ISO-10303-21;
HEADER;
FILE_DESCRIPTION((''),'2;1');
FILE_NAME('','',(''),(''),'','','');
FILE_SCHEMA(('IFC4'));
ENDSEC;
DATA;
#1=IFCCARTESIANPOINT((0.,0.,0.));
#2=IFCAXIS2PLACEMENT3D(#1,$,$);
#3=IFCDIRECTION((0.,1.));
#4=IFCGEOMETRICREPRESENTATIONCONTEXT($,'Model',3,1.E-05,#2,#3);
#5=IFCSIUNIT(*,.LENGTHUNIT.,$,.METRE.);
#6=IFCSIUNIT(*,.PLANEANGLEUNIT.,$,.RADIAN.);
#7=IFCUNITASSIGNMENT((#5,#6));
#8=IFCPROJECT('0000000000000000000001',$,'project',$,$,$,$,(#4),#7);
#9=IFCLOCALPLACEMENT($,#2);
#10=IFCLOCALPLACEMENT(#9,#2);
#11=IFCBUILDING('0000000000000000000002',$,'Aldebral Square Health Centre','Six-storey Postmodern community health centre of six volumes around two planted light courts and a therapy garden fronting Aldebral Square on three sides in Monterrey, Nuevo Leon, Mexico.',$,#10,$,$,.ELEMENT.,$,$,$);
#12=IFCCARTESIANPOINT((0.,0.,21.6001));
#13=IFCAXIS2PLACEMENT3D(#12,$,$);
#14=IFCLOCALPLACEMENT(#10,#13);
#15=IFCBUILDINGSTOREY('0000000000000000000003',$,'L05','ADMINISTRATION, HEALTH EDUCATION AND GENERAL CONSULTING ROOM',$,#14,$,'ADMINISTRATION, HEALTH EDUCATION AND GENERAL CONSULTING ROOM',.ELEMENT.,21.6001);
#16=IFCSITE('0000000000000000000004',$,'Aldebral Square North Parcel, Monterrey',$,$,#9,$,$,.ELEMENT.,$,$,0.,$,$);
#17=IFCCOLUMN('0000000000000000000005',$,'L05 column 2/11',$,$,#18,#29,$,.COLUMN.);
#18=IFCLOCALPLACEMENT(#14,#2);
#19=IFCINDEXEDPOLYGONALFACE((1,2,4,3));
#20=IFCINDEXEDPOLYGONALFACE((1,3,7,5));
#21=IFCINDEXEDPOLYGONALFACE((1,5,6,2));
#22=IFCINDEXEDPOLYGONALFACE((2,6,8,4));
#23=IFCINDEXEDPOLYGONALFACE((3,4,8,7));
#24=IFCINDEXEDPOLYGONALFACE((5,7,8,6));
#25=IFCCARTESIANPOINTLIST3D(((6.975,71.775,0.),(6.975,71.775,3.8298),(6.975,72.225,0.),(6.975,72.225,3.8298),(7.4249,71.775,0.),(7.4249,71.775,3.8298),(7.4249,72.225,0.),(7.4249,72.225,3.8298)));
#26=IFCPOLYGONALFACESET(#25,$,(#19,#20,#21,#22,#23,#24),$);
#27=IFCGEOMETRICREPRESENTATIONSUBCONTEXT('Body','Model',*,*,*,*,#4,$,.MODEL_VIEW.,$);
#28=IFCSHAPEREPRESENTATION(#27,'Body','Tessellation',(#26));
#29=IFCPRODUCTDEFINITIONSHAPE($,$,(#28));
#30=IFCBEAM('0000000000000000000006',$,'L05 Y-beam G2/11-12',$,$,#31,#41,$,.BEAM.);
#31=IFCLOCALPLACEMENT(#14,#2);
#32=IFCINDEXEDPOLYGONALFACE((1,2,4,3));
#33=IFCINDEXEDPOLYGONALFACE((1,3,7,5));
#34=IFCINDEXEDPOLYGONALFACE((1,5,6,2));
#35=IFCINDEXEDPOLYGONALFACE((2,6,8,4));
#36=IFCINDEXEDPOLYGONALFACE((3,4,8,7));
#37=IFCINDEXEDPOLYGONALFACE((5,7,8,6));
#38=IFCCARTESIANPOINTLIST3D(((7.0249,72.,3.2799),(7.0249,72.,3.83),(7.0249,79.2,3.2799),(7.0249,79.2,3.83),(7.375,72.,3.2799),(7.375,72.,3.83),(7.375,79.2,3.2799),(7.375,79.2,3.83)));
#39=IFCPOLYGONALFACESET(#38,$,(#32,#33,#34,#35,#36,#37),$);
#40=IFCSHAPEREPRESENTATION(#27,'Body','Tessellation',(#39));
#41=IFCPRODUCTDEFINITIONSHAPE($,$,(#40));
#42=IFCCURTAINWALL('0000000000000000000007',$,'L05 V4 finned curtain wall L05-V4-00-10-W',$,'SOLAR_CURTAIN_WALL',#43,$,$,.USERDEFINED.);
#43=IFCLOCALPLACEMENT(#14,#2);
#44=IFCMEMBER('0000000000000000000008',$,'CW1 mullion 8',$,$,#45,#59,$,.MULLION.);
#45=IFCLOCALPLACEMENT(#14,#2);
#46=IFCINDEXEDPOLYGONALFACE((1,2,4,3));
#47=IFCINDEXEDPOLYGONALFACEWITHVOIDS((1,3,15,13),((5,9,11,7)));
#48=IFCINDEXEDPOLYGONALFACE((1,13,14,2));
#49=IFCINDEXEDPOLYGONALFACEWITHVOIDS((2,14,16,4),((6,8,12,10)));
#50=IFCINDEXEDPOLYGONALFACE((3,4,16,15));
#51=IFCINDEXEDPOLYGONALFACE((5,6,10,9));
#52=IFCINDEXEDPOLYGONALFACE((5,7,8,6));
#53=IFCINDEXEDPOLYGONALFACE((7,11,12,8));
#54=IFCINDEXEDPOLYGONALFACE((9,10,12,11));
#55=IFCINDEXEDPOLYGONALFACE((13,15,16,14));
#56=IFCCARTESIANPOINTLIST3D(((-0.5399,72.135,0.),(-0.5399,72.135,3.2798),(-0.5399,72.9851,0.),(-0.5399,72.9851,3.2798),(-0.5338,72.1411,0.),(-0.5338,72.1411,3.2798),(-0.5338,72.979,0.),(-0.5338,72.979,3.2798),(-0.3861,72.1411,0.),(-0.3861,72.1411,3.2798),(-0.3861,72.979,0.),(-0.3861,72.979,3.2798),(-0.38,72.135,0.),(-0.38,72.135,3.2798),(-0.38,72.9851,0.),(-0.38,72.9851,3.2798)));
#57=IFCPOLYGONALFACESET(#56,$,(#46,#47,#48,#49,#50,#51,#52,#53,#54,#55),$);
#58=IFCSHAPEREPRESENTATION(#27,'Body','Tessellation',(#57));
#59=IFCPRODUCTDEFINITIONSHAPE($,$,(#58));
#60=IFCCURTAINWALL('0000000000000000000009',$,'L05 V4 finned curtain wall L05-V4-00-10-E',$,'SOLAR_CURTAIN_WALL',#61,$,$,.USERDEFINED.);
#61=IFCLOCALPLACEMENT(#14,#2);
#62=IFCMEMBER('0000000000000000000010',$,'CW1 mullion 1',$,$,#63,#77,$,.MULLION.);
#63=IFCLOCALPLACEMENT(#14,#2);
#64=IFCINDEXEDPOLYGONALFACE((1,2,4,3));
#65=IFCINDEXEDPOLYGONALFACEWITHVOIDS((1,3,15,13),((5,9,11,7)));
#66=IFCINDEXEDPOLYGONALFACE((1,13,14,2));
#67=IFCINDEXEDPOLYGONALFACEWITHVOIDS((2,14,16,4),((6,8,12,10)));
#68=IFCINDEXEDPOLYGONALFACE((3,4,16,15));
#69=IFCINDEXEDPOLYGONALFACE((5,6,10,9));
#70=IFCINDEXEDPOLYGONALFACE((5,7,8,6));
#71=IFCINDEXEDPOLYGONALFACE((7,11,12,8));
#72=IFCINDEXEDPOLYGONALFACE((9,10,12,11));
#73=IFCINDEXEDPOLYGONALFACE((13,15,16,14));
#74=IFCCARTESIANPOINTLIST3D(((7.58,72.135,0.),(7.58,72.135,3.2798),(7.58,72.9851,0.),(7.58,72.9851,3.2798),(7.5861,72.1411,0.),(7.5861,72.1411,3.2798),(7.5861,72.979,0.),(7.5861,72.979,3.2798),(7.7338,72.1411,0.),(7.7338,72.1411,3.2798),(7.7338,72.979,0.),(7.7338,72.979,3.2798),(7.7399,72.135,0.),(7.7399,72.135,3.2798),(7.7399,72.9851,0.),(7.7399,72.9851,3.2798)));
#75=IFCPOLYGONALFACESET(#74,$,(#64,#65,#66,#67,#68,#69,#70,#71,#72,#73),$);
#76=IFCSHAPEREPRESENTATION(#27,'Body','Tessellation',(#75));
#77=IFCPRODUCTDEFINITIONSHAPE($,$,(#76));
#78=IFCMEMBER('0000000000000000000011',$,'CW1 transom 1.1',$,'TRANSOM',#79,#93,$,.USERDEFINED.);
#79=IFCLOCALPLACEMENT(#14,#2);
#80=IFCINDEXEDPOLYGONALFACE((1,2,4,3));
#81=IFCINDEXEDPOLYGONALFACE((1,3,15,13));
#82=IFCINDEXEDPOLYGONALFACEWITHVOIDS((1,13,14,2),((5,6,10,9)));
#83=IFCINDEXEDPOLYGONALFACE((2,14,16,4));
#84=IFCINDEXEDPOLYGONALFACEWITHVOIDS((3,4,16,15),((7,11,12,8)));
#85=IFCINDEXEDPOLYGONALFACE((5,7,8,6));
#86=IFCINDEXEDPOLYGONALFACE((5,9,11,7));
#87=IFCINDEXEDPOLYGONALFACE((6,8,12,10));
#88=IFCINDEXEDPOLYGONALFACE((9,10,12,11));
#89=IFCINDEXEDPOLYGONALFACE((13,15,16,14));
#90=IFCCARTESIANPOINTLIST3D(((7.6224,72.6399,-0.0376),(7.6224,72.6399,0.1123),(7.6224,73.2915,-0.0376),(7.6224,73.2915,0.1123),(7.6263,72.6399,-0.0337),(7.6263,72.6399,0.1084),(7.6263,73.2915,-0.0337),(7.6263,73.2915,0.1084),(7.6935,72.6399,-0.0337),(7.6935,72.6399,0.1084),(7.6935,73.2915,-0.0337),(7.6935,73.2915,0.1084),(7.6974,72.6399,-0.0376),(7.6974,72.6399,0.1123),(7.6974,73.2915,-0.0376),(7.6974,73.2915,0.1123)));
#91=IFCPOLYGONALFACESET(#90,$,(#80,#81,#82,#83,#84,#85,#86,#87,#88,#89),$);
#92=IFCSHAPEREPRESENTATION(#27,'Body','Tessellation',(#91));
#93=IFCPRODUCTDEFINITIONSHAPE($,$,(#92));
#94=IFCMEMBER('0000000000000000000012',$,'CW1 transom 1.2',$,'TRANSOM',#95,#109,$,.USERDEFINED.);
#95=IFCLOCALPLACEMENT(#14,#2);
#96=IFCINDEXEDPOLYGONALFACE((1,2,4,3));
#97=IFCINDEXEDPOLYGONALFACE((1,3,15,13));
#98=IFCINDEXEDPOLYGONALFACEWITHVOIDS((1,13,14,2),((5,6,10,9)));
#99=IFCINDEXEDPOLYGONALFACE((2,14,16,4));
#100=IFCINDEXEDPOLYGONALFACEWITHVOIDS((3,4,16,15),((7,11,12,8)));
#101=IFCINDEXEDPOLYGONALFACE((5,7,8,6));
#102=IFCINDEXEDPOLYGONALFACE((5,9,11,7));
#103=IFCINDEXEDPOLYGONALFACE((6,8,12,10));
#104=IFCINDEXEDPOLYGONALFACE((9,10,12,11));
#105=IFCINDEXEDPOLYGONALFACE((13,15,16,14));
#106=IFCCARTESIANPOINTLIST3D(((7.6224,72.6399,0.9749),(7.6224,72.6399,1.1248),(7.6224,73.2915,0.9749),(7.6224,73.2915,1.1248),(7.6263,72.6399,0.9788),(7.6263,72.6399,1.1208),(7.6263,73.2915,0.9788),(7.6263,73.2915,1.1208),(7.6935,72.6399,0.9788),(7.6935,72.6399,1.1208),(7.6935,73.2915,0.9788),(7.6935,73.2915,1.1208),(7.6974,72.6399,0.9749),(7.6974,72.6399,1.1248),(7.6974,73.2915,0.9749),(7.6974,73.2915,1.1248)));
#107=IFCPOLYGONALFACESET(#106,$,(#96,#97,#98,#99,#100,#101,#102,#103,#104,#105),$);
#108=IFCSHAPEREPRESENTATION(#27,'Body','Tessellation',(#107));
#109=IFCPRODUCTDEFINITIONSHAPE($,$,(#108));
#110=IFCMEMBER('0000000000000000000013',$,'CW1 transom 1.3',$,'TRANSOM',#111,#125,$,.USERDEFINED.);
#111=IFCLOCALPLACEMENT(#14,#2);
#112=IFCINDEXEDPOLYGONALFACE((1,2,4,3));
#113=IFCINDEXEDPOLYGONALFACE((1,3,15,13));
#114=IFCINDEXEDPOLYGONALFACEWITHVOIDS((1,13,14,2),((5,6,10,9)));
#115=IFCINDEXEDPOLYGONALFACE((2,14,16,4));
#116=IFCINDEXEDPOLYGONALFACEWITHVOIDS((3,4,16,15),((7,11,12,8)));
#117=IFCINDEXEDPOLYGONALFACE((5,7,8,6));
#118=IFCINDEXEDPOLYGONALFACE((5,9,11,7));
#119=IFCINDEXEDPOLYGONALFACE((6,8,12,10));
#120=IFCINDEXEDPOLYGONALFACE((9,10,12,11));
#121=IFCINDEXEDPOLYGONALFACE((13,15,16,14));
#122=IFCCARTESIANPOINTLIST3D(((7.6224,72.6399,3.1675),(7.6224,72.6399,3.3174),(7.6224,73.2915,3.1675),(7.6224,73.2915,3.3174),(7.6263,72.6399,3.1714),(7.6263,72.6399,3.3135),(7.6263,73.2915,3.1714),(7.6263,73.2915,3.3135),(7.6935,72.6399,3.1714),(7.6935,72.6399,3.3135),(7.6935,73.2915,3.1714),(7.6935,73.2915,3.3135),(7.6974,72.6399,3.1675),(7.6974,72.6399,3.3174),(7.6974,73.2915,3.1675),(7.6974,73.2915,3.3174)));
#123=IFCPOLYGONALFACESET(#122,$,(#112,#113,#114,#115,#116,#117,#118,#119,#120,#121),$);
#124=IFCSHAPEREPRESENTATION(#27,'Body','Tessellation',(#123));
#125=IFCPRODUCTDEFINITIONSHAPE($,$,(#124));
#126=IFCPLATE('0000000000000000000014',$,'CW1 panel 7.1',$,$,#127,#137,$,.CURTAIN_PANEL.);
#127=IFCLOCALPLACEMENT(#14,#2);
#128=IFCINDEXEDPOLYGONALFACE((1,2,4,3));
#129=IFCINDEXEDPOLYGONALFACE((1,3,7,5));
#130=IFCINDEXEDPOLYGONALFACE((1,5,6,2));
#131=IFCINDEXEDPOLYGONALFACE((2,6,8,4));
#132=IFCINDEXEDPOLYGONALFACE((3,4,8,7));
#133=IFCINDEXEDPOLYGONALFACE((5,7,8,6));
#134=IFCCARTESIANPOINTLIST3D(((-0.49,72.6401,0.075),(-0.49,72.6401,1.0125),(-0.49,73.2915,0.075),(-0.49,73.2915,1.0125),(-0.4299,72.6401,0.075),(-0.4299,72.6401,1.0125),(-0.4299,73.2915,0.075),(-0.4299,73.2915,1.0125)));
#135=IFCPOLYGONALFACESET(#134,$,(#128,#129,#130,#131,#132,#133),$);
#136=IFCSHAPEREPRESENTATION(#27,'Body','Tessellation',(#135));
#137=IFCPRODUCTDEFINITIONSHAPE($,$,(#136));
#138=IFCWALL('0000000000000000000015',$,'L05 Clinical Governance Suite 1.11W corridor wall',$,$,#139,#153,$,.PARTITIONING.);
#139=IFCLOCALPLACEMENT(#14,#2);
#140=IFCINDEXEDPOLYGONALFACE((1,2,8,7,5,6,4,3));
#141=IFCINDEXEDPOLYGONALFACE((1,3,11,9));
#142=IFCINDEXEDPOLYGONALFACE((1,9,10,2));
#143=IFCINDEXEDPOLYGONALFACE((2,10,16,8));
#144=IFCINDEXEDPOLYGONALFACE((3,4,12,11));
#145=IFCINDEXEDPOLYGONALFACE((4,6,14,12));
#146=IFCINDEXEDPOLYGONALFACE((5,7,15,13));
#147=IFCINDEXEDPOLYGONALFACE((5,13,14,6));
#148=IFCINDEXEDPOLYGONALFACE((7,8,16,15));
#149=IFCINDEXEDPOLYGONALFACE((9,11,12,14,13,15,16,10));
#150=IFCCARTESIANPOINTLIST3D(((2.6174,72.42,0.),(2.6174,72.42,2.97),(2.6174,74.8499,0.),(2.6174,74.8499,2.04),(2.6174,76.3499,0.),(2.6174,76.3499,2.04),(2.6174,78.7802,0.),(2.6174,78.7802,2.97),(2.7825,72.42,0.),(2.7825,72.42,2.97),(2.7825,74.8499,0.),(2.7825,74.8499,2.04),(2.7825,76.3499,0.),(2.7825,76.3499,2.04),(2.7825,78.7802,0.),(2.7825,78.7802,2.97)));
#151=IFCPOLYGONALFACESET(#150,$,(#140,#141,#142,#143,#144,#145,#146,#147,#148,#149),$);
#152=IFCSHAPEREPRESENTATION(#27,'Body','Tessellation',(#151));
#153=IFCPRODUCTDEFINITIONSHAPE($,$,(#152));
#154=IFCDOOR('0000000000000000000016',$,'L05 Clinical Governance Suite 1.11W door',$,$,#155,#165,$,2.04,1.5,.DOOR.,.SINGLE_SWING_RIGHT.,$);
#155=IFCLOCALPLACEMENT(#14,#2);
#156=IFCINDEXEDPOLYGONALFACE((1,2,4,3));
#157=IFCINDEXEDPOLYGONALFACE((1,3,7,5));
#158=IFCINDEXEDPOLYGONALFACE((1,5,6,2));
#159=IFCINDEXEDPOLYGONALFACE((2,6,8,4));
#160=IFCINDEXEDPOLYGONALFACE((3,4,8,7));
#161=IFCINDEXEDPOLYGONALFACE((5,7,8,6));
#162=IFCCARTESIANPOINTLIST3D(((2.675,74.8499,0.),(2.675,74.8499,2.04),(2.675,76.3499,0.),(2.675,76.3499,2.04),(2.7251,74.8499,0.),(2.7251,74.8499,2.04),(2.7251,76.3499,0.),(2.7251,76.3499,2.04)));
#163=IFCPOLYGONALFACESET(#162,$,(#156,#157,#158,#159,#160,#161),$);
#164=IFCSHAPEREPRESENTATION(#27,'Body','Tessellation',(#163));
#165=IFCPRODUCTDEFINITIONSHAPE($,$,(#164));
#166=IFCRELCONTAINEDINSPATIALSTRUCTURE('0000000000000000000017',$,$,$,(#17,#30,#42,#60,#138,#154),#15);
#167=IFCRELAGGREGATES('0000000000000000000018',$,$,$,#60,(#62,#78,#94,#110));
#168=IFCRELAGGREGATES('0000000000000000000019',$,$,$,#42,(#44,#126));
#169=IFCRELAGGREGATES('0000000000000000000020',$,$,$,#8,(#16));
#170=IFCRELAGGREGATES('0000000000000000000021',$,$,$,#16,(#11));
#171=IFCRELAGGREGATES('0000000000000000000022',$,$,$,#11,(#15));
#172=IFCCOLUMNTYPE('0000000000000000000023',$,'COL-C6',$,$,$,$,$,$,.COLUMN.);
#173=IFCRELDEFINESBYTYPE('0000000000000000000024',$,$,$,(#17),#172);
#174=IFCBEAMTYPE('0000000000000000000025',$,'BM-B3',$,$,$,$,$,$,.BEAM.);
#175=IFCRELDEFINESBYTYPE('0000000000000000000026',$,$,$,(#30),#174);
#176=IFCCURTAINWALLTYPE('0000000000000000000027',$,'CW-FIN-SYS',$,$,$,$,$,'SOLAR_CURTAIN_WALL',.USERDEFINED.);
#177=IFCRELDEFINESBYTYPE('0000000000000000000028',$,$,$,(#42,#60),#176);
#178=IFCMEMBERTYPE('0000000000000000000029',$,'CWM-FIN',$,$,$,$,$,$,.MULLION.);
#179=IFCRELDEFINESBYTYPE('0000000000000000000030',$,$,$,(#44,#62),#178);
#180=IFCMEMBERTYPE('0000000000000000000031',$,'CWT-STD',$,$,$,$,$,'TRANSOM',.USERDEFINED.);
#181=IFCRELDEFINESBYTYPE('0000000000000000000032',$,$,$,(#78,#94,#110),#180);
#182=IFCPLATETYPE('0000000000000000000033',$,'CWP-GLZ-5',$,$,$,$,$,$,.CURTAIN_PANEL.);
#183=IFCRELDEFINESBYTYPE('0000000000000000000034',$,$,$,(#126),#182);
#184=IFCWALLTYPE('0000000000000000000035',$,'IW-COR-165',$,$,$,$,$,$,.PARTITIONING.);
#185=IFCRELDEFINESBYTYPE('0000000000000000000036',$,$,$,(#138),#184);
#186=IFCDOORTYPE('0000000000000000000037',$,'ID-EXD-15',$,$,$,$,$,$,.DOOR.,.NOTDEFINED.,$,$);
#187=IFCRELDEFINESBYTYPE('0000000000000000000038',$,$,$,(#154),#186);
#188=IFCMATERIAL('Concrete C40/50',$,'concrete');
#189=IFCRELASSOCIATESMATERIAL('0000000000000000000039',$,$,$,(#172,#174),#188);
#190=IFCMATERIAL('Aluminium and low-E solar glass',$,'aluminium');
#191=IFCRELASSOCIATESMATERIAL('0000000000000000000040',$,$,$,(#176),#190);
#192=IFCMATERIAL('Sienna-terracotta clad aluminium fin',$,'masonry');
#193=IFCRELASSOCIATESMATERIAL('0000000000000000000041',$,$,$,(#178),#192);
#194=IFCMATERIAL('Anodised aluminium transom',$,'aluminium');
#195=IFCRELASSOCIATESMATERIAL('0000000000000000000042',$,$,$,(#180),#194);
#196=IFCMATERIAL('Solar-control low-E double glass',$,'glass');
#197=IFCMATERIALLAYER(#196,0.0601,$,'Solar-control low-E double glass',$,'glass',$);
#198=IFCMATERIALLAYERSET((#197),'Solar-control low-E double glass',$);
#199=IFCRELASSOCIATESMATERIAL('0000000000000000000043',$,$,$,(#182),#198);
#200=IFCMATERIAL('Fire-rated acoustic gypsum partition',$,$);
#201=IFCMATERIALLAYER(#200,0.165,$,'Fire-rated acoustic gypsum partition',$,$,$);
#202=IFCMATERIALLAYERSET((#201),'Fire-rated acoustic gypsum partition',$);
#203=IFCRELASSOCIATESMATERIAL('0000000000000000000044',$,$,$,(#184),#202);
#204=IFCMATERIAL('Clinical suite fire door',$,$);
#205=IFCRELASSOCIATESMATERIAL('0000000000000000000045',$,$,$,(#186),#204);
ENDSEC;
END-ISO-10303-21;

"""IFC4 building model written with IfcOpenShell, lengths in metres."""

from ifc_helpers import new_model, si_unit, direction, frame, frame_2d, origin, origin_2d, place, context, subcontext, project, spatial, rectangle, hollow_rectangle, extrude, material, layer, layer_set, material_profile, profile_set, type_object, element, fill, aggregate, save


model = new_model("IFC4")

# Units and contexts
model_context = context("Model", 3, precision=1e-05, world=origin(), true_north=direction((0.0, 1.0)))
body_context = subcontext(model_context, "Body", "Model", "MODEL_VIEW")
ifc_project = project(units=[si_unit("LENGTHUNIT", "METRE"), si_unit("PLANEANGLEUNIT", "RADIAN")], contexts=[model_context])

# Site, building, storey
site_placement = place(None, origin())
site = spatial("IfcSite", under=ifc_project, at=site_placement, Name="Aldebral Square North Parcel, Monterrey", CompositionType="ELEMENT", RefElevation=0.0)
building_placement = place(site_placement, origin())
building = spatial("IfcBuilding", under=site, at=building_placement, Name="Aldebral Square Health Centre", Description="Six-storey Postmodern community health centre of six volumes around two planted light courts and a therapy garden fronting Aldebral Square on three sides in Monterrey, Nuevo Leon, Mexico.", CompositionType="ELEMENT")
storey_placement = place(building_placement, frame((0.0, 0.0, 21.6001)))
storey = spatial("IfcBuildingStorey", under=building, at=storey_placement, Name="L05", Description="ADMINISTRATION, HEALTH EDUCATION AND GENERAL CONSULTING ROOM", LongName="ADMINISTRATION, HEALTH EDUCATION AND GENERAL CONSULTING ROOM", CompositionType="ELEMENT", Elevation=21.6001)

# Column
ifc_material_1 = material(Name="Concrete C40/50", Category="concrete")
ifc_material_profile_1 = material_profile(ifc_material_1, rectangle(XDim=0.45, YDim=0.45, at=origin_2d()), Name="RC 450x450")
ifc_profile_set_1 = profile_set([ifc_material_profile_1], Name="Concrete C40/50")
column_type = type_object("IfcColumnType", Name="COL-C6", PredefinedType="COLUMN", material=ifc_profile_set_1)
column_placement = place(storey_placement, frame((7.2, 72.0, 0.0), z_axis=(0.0, 0.0, 1.0), x_axis=(1.0, 0.0, 0.0)))
element("IfcColumn", 1, at=column_placement, inside=storey, type_object=column_type, Name="L05 column 2/11", PredefinedType="COLUMN", context=body_context, shape_type="SweptSolid", body=[
    extrude(rectangle(XDim=0.45, YDim=0.45, at=origin_2d()), origin(), (0.0, 0.0, 1.0), 3.8298),
])

# Beam
ifc_material_profile_2 = material_profile(ifc_material_1, rectangle(XDim=0.3501, YDim=0.55, at=origin_2d()), Name="RC 350x550")
ifc_profile_set_2 = profile_set([ifc_material_profile_2], Name="Concrete C40/50")
beam_type = type_object("IfcBeamType", Name="BM-B3", PredefinedType="BEAM", material=ifc_profile_set_2)
beam_placement = place(storey_placement, frame((7.2, 72.0, 3.5549), z_axis=(0.0, 1.0, 0.0), x_axis=(-1.0, 0.0, 0.0)))
element("IfcBeam", 2, at=beam_placement, inside=storey, type_object=beam_type, Name="L05 Y-beam G2/11-12", PredefinedType="BEAM", context=body_context, shape_type="SweptSolid", body=[
    extrude(rectangle(XDim=0.3501, YDim=0.55, at=origin_2d()), origin(), (0.0, 0.0, 1.0), 7.2),
])

# Curtain wall, member
ifc_material_2 = material(Name="Aluminium and low-E solar glass", Category="aluminium")
curtain_wall_type = type_object("IfcCurtainWallType", Name="CW-FIN-SYS", ElementType="SOLAR_CURTAIN_WALL", PredefinedType="USERDEFINED", material=ifc_material_2)
curtain_wall_1_placement = place(storey_placement, origin())
curtain_wall_1 = element("IfcCurtainWall", 3, at=curtain_wall_1_placement, inside=storey, type_object=curtain_wall_type, Name="L05 V4 finned curtain wall L05-V4-00-10-W", ObjectType="SOLAR_CURTAIN_WALL", PredefinedType="USERDEFINED")
ifc_material_3 = material(Name="Sienna-terracotta clad aluminium fin", Category="masonry")
ifc_material_profile_3 = material_profile(ifc_material_3, hollow_rectangle(XDim=0.1599, YDim=0.8501, WallThickness=0.0061, at=origin_2d()), Name="FIN 160x850x6")
ifc_profile_set_3 = profile_set([ifc_material_profile_3], Name="Sienna-terracotta clad aluminium fin")
member_type_1 = type_object("IfcMemberType", Name="CWM-FIN", PredefinedType="MULLION", material=ifc_profile_set_3)
member_1_placement = place(storey_placement, frame((-0.46, 72.5601, 0.0), z_axis=(0.0, 0.0, 1.0), x_axis=(1.0, 0.0, 0.0)))
member_1 = element("IfcMember", 4, at=member_1_placement, type_object=member_type_1, Name="CW1 mullion 8", PredefinedType="MULLION", context=body_context, shape_type="SweptSolid", body=[
    extrude(hollow_rectangle(XDim=0.1599, YDim=0.8501, WallThickness=0.0061, at=origin_2d()), origin(), (0.0, 0.0, 1.0), 3.2798),
])

# Curtain wall, members
curtain_wall_2_placement = place(storey_placement, origin())
curtain_wall_2 = element("IfcCurtainWall", 5, at=curtain_wall_2_placement, inside=storey, type_object=curtain_wall_type, Name="L05 V4 finned curtain wall L05-V4-00-10-E", ObjectType="SOLAR_CURTAIN_WALL", PredefinedType="USERDEFINED")
member_2_placement = place(storey_placement, frame((7.6599, 72.5601, 0.0), z_axis=(0.0, 0.0, 1.0), x_axis=(-1.0, 0.0, 0.0)))
member_2 = element("IfcMember", 6, at=member_2_placement, type_object=member_type_1, Name="CW1 mullion 1", PredefinedType="MULLION", context=body_context, shape_type="SweptSolid", body=[
    extrude(hollow_rectangle(XDim=0.1599, YDim=0.8501, WallThickness=0.0061, at=origin_2d()), origin(), (0.0, 0.0, 1.0), 3.2798),
])
ifc_material_4 = material(Name="Anodised aluminium transom", Category="aluminium")
ifc_material_profile_4 = material_profile(ifc_material_4, hollow_rectangle(XDim=0.075, YDim=0.1499, WallThickness=0.0039, at=origin_2d()), Name="CWT 75x150x4")
ifc_profile_set_4 = profile_set([ifc_material_profile_4], Name="Anodised aluminium transom")
member_type_2 = type_object("IfcMemberType", Name="CWT-STD", ElementType="TRANSOM", PredefinedType="USERDEFINED", material=ifc_profile_set_4)
member_3_placement = place(storey_placement, frame((7.6599, 72.6399, 0.0374), z_axis=(0.0, 1.0, 0.0), x_axis=(-1.0, 0.0, 0.0)))
member_3 = element("IfcMember", 7, at=member_3_placement, type_object=member_type_2, Name="CW1 transom 1.1", ObjectType="TRANSOM", PredefinedType="USERDEFINED", context=body_context, shape_type="SweptSolid", body=[
    extrude(hollow_rectangle(XDim=0.075, YDim=0.1499, WallThickness=0.0039, at=origin_2d()), origin(), (0.0, 0.0, 1.0), 0.6516),
])
member_4_placement = place(storey_placement, frame((7.6599, 72.6399, 1.0498), z_axis=(0.0, 1.0, 0.0), x_axis=(-1.0, 0.0, 0.0)))
member_4 = element("IfcMember", 8, at=member_4_placement, type_object=member_type_2, Name="CW1 transom 1.2", ObjectType="TRANSOM", PredefinedType="USERDEFINED", context=body_context, shape_type="SweptSolid", body=[
    extrude(hollow_rectangle(XDim=0.075, YDim=0.1499, WallThickness=0.0039, at=origin_2d()), origin(), (0.0, 0.0, 1.0), 0.6516),
])
member_5_placement = place(storey_placement, frame((7.6599, 72.6399, 3.2424), z_axis=(0.0, 1.0, 0.0), x_axis=(-1.0, 0.0, 0.0)))
member_5 = element("IfcMember", 9, at=member_5_placement, type_object=member_type_2, Name="CW1 transom 1.3", ObjectType="TRANSOM", PredefinedType="USERDEFINED", context=body_context, shape_type="SweptSolid", body=[
    extrude(hollow_rectangle(XDim=0.075, YDim=0.1499, WallThickness=0.0039, at=origin_2d()), origin(), (0.0, 0.0, 1.0), 0.6516),
])
aggregate(curtain_wall_2, [member_2, member_3, member_4, member_5])

# Plate
ifc_material_5 = material(Name="Solar-control low-E double glass", Category="glass")
ifc_layer_1 = layer(ifc_material_5, 0.0601, Name="Solar-control low-E double glass", Category="glass")
ifc_layer_set_1 = layer_set([ifc_layer_1], Name="Solar-control low-E double glass")
plate_type = type_object("IfcPlateType", Name="CWP-GLZ-5", PredefinedType="CURTAIN_PANEL", material=ifc_layer_set_1)
plate_placement = place(storey_placement, frame((-0.46, 72.9658, 0.075), z_axis=(0.0, 0.0, 1.0), x_axis=(0.0, -1.0, 0.0)))
plate = element("IfcPlate", 10, at=plate_placement, type_object=plate_type, Name="CW1 panel 7.1", PredefinedType="CURTAIN_PANEL", context=body_context, shape_type="SweptSolid", body=[
    extrude(rectangle(XDim=0.6514, YDim=0.0601, at=origin_2d()), origin(), (0.0, 0.0, 1.0), 0.9375),
])
aggregate(curtain_wall_1, [member_1, plate])

# Wall, opening, door
ifc_material_6 = material(Name="Fire-rated acoustic gypsum partition")
ifc_layer_2 = layer(ifc_material_6, 0.165, Name="Fire-rated acoustic gypsum partition")
ifc_layer_set_2 = layer_set([ifc_layer_2], Name="Fire-rated acoustic gypsum partition")
wall_type_1 = type_object("IfcWallType", Name="IW-COR-165", PredefinedType="PARTITIONING", material=ifc_layer_set_2)
wall_1_placement = place(storey_placement, frame((2.7, 72.4199, 0.0), z_axis=(0.0, 0.0, 1.0), x_axis=(0.0, 1.0, 0.0)))
wall_1 = element("IfcWall", 11, at=wall_1_placement, inside=storey, type_object=wall_type_1, Name="L05 Clinical Governance Suite 1.11W corridor wall", PredefinedType="PARTITIONING", context=body_context, shape_type="SweptSolid", body=[
    extrude(rectangle(XDim=6.3601, YDim=0.165, at=frame_2d((3.1802, 0.0))), origin(), (0.0, 0.0, 1.0), 2.97),
])
opening_1_placement = place(wall_1_placement, frame((2.4299, 0.0, 0.0)))
opening_1 = element("IfcOpeningElement", 12, at=opening_1_placement, cuts=wall_1, PredefinedType="OPENING", context=body_context, shape_type="SweptSolid", body=[
    extrude(rectangle(XDim=1.5, YDim=2.04, at=frame_2d((0.75, 1.02))), frame((0.0, 0.0925, 0.0), z_axis=(0.0, -1.0, 0.0), x_axis=(1.0, 0.0, 0.0)), (0.0, 0.0, 1.0), 0.1851),
])
ifc_material_7 = material(Name="Clinical suite fire door")
door_type_1 = type_object("IfcDoorType", Name="ID-EXD-15", OperationType="NOTDEFINED", PredefinedType="DOOR", material=ifc_material_7)
door_1_placement = place(opening_1_placement, origin())
door_1 = element("IfcDoor", 13, at=door_1_placement, inside=storey, type_object=door_type_1, Name="L05 Clinical Governance Suite 1.11W door", OperationType="SINGLE_SWING_RIGHT", OverallHeight=2.04, OverallWidth=1.5, PredefinedType="DOOR", context=body_context, shape_type="SweptSolid", body=[
    extrude(rectangle(XDim=1.5, YDim=2.04, at=frame_2d((0.75, 1.02))), frame((0.0, 0.0249, 0.0), z_axis=(0.0, -1.0, 0.0), x_axis=(1.0, 0.0, 0.0)), (0.0, 0.0, 1.0), 0.05),
])
fill(opening_1, door_1)

save(model, "model.ifc")
